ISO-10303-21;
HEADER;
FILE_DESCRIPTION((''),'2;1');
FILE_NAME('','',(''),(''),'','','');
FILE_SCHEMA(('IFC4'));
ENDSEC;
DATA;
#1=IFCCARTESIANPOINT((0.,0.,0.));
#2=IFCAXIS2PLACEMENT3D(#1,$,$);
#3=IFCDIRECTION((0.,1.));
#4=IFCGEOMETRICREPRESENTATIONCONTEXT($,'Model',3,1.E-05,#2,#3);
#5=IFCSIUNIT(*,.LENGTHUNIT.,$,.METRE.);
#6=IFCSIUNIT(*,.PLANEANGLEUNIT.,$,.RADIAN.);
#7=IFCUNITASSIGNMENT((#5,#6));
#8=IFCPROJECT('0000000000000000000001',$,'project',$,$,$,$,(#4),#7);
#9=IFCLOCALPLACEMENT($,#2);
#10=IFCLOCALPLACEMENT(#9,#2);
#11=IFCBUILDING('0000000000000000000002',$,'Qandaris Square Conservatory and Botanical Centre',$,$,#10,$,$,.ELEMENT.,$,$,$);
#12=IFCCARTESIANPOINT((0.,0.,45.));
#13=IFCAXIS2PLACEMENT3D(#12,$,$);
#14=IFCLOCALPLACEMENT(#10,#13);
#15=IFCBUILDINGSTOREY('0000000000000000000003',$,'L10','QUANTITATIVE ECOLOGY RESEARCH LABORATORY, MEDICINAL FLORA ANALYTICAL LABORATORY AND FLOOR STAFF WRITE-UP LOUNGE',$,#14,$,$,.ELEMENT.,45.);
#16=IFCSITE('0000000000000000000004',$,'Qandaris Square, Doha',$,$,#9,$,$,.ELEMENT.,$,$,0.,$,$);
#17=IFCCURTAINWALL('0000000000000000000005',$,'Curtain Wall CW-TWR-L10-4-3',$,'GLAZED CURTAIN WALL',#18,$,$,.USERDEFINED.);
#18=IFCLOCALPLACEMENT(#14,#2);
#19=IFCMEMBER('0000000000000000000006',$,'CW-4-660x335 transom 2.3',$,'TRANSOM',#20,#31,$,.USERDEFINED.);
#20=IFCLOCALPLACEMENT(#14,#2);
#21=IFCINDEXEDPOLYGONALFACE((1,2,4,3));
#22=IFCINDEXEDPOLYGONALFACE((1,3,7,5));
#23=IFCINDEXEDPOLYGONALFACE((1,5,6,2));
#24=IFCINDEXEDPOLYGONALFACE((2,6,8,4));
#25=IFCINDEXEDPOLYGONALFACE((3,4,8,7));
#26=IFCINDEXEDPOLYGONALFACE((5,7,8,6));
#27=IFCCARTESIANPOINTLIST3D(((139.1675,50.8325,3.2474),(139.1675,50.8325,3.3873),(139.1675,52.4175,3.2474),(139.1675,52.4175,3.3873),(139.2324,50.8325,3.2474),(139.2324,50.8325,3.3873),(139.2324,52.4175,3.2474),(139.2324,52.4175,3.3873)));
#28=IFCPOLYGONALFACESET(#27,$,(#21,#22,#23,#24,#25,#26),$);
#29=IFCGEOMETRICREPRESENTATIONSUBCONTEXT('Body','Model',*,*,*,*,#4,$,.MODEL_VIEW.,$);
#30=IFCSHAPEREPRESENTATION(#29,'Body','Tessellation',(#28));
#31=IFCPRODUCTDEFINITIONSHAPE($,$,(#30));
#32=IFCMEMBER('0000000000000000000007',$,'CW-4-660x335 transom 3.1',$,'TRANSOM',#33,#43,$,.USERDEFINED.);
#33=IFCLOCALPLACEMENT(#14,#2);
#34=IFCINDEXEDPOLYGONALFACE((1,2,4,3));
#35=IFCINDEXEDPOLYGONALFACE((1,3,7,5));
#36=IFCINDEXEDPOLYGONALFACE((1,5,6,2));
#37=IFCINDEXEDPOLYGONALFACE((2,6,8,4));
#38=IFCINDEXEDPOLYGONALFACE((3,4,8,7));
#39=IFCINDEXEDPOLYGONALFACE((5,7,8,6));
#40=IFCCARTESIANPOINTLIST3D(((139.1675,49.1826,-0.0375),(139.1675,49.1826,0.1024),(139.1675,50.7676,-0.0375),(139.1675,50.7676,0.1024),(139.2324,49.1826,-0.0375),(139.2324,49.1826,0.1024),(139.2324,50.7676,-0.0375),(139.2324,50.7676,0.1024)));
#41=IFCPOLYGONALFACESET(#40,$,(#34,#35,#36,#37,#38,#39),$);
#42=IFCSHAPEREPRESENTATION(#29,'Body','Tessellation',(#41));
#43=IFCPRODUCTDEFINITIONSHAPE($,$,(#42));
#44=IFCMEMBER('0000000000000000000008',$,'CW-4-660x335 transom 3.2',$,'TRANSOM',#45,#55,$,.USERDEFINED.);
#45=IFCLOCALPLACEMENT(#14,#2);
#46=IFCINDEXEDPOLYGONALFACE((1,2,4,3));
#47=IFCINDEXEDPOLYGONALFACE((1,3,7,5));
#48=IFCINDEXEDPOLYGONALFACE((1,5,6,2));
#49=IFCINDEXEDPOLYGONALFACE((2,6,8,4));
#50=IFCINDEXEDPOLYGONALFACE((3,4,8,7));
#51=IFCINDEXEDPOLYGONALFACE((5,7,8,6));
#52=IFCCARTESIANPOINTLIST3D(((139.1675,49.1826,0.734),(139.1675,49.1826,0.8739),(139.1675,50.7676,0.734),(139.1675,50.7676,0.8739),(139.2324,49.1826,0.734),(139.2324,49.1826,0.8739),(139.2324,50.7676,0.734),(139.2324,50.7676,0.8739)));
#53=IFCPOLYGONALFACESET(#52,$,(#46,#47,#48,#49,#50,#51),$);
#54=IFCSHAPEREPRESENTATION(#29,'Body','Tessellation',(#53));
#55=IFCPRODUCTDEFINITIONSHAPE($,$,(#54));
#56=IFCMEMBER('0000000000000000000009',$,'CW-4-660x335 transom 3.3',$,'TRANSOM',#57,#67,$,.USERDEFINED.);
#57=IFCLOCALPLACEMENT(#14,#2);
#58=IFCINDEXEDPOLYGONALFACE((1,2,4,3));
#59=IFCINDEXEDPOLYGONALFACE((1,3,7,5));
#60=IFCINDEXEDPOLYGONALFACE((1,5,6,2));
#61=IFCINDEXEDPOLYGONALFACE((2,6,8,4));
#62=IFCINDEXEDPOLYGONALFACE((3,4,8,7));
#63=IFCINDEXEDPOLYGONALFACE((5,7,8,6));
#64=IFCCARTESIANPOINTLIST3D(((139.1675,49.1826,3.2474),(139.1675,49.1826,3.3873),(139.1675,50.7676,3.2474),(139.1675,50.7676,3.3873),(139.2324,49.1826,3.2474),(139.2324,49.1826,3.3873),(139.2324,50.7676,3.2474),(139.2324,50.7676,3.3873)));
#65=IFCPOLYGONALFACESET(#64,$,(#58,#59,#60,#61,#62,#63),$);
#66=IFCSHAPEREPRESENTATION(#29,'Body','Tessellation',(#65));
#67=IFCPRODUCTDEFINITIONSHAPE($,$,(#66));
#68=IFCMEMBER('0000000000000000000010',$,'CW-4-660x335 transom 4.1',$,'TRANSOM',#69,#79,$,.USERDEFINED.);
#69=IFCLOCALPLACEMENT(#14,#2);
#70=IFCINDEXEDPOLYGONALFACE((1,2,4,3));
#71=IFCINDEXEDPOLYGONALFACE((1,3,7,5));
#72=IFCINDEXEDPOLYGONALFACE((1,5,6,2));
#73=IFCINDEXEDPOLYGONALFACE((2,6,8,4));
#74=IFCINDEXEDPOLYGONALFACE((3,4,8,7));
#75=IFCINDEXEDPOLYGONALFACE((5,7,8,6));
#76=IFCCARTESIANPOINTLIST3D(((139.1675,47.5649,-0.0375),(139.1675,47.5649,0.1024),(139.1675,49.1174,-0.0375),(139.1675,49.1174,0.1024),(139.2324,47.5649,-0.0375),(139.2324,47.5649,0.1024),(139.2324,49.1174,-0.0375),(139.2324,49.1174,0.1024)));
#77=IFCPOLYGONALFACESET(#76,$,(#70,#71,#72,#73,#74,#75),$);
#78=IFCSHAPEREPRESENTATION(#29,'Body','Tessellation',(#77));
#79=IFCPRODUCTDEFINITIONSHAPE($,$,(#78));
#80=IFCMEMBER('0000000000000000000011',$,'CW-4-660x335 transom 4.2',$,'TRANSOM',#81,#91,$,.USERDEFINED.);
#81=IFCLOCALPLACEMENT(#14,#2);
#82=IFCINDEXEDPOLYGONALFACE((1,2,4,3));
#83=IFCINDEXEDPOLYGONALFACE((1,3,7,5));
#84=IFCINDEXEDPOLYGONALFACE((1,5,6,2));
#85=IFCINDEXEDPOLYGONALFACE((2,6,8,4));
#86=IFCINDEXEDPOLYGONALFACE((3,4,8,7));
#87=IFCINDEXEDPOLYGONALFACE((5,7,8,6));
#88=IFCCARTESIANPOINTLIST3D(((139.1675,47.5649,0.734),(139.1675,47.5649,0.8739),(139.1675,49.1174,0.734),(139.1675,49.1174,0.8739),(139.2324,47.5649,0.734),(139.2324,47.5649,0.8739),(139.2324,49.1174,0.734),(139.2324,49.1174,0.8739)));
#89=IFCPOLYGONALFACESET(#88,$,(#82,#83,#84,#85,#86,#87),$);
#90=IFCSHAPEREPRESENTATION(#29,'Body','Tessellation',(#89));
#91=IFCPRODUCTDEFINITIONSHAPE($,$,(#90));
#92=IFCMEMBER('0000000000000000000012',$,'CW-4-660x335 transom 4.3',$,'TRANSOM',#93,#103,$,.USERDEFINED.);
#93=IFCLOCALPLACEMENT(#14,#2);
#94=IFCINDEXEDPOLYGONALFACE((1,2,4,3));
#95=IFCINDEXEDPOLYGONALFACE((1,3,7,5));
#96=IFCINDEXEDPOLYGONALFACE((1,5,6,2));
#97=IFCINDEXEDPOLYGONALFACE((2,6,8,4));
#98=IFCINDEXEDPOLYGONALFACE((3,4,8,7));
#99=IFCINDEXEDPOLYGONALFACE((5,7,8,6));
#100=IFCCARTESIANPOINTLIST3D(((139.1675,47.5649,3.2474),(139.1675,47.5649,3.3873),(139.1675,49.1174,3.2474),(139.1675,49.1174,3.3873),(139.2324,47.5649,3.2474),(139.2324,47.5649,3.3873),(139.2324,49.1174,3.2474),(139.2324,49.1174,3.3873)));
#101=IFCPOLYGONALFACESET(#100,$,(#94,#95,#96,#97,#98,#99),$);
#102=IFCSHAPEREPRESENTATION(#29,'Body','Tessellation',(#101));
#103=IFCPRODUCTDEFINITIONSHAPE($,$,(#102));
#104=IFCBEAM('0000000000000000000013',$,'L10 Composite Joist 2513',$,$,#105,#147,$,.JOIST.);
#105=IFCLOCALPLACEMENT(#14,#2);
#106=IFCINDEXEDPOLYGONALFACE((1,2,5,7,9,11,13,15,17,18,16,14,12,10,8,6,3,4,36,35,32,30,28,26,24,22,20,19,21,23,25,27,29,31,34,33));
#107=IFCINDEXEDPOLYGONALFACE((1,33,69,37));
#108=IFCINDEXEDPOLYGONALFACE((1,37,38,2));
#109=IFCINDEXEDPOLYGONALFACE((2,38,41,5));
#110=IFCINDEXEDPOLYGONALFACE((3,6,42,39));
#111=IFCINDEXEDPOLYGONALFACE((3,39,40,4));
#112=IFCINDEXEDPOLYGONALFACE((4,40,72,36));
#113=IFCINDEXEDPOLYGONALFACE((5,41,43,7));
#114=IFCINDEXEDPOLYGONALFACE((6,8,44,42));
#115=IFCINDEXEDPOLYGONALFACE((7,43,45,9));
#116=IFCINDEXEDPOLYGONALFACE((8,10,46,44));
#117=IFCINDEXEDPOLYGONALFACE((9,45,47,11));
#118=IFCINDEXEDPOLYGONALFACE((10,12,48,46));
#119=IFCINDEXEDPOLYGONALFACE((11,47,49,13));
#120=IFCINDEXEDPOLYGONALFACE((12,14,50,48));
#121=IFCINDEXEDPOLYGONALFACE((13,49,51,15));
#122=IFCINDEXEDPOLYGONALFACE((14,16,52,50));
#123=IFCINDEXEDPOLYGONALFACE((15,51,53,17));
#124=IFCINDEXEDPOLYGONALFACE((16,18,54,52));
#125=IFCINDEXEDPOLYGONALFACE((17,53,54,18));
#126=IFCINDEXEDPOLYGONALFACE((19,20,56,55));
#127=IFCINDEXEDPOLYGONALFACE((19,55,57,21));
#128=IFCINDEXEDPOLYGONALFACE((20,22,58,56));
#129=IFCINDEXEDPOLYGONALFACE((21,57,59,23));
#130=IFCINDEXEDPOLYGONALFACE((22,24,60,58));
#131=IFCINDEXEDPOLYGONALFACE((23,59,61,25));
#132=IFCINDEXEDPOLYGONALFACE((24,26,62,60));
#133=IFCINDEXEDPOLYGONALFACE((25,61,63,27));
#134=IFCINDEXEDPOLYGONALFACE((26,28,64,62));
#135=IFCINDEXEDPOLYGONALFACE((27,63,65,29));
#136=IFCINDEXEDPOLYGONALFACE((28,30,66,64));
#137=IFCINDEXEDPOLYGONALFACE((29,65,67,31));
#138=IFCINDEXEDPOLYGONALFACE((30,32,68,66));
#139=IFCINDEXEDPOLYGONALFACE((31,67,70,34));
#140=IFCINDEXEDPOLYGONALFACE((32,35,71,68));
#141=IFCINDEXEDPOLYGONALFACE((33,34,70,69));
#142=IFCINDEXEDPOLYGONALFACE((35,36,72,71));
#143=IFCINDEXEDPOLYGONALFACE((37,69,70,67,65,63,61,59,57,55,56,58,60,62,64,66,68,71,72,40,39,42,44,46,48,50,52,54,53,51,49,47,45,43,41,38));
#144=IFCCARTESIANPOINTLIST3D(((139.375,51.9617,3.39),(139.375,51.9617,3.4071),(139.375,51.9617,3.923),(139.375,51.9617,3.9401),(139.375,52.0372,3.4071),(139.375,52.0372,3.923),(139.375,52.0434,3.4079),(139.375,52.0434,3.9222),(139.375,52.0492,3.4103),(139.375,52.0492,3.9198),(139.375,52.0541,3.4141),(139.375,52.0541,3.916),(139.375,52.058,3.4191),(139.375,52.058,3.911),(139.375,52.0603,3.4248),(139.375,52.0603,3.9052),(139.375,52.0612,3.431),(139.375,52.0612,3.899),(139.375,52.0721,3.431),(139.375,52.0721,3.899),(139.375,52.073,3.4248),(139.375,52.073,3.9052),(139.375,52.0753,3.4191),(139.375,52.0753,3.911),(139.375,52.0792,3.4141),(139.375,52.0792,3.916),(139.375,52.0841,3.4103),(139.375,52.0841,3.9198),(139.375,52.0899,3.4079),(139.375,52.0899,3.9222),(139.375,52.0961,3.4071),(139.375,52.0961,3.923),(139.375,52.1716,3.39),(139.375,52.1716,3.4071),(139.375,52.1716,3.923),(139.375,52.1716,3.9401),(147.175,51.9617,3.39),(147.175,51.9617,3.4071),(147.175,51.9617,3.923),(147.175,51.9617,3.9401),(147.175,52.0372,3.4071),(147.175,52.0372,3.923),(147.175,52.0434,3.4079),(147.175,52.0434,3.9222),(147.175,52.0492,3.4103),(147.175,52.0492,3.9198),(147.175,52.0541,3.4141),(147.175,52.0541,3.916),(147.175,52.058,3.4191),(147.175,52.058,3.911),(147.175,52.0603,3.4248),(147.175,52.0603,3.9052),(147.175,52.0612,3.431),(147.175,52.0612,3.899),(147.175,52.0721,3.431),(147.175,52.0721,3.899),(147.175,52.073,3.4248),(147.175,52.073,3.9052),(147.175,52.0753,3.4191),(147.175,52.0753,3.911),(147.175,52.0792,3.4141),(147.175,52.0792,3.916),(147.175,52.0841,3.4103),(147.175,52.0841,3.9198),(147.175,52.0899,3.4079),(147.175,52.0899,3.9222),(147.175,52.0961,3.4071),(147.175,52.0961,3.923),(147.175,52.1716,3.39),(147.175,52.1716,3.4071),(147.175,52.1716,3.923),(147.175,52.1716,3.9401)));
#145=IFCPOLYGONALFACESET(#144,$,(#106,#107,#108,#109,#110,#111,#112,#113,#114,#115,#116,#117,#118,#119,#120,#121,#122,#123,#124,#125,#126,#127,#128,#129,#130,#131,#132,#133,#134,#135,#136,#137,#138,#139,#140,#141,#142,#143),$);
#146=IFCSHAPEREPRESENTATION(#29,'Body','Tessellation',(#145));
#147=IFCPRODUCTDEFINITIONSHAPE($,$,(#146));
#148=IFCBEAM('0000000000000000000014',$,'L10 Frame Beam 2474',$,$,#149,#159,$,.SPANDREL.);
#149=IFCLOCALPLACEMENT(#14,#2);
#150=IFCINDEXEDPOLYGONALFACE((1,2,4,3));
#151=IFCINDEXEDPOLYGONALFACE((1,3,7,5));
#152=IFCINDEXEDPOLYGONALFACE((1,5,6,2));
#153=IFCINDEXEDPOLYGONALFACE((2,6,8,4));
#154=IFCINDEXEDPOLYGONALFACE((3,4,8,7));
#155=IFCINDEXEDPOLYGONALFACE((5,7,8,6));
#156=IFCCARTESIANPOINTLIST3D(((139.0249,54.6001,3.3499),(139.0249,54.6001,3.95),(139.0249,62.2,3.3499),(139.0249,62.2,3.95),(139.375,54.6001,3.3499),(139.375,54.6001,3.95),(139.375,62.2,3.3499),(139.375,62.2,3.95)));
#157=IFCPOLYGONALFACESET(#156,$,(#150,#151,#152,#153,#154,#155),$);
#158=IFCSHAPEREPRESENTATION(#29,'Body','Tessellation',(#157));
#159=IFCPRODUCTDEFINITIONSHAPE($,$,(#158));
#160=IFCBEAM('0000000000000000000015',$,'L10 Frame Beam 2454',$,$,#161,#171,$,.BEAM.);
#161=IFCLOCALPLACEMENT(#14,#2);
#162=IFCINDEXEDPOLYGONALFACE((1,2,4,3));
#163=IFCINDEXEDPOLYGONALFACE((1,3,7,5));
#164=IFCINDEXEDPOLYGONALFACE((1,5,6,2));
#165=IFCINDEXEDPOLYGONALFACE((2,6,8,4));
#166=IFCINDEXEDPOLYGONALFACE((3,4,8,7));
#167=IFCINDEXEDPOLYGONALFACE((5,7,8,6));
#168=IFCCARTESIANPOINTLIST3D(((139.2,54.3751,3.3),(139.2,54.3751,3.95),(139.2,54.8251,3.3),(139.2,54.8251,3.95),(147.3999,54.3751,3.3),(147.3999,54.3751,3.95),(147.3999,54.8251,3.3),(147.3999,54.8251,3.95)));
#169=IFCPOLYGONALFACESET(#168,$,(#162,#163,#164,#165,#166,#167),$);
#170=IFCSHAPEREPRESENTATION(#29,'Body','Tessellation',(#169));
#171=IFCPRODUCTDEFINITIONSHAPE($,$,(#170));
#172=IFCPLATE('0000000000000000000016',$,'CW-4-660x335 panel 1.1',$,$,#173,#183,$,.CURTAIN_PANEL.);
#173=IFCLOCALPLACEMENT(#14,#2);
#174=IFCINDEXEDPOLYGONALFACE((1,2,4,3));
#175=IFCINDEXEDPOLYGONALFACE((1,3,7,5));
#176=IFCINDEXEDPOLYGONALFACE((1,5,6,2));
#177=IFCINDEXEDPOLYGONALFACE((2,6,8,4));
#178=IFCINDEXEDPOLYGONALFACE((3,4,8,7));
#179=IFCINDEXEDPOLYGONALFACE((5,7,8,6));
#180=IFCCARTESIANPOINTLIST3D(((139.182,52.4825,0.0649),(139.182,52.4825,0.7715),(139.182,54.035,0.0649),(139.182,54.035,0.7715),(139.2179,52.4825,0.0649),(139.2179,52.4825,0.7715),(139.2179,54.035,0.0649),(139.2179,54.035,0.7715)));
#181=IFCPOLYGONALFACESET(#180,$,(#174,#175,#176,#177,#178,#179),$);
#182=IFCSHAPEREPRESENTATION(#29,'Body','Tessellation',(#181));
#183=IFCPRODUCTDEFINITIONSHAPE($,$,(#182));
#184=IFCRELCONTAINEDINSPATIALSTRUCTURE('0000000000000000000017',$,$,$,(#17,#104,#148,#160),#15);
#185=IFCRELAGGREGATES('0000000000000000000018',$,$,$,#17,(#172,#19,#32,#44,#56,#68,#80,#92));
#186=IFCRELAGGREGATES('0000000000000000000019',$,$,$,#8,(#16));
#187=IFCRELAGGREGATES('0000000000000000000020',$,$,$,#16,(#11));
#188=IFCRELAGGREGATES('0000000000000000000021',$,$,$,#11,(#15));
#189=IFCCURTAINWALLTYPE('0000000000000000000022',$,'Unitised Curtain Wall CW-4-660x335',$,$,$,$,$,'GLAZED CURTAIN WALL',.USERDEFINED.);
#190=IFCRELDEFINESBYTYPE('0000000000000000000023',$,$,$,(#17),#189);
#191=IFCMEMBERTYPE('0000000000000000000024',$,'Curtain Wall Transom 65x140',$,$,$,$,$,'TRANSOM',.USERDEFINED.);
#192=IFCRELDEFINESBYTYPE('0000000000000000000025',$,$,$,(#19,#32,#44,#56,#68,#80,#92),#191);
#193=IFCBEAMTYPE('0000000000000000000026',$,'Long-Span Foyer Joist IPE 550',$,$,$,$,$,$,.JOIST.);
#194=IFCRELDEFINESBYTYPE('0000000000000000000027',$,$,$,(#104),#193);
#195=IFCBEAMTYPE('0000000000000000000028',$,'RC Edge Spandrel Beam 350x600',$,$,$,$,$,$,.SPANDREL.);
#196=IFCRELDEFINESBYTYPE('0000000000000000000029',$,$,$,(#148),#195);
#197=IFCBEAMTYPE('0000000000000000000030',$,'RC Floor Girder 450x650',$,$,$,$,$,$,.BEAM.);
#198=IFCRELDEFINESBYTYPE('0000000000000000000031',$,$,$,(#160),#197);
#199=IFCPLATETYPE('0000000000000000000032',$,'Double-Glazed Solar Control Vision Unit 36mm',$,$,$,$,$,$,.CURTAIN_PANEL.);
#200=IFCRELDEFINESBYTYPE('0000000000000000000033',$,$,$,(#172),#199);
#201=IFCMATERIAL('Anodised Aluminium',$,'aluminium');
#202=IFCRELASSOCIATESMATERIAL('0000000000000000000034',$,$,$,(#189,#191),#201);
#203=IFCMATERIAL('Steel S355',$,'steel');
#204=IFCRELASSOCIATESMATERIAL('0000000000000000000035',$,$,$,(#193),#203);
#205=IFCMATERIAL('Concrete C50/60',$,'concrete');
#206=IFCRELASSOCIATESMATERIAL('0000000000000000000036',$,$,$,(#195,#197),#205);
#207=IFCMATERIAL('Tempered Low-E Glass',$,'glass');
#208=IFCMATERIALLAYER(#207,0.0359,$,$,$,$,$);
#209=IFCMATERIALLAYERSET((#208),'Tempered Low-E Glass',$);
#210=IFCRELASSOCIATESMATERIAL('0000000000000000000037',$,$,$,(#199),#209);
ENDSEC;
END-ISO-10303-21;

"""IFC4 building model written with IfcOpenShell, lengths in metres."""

from ifc_helpers import new_model, si_unit, direction, frame, origin, origin_2d, place, context, subcontext, project, spatial, rectangle, i_section, extrude, material, layer, layer_set, material_profile, profile_set, type_object, element, aggregate, save


model = new_model("IFC4")

# Units and contexts
model_context = context("Model", 3, precision=1e-05, world=origin(), true_north=direction((0.0, 1.0)))
body_context = subcontext(model_context, "Body", "Model", "MODEL_VIEW")
ifc_project = project(units=[si_unit("LENGTHUNIT", "METRE"), si_unit("PLANEANGLEUNIT", "RADIAN")], contexts=[model_context])

# Site, building, storey
site_placement = place(None, origin())
site = spatial("IfcSite", under=ifc_project, at=site_placement, Name="Qandaris Square, Doha", CompositionType="ELEMENT", RefElevation=0.0)
building_placement = place(site_placement, origin())
building = spatial("IfcBuilding", under=site, at=building_placement, Name="Qandaris Square Conservatory and Botanical Centre", CompositionType="ELEMENT")
storey_placement = place(building_placement, frame((0.0, 0.0, 45.0)))
storey = spatial("IfcBuildingStorey", under=building, at=storey_placement, Name="L10", Description="QUANTITATIVE ECOLOGY RESEARCH LABORATORY, MEDICINAL FLORA ANALYTICAL LABORATORY AND FLOOR STAFF WRITE-UP LOUNGE", CompositionType="ELEMENT", Elevation=45.0)

# Shared definitions
ifc_material_1 = material(Name="Concrete C50/60", Category="concrete")

# Shared definitions
ifc_material_2 = material(Name="Steel S355", Category="steel")

# Curtain wall, members
ifc_material_3 = material(Name="Anodised Aluminium", Category="aluminium")
curtain_wall_type = type_object("IfcCurtainWallType", Name="Unitised Curtain Wall CW-4-660x335", ElementType="GLAZED CURTAIN WALL", PredefinedType="USERDEFINED", material=ifc_material_3)
curtain_wall_placement = place(storey_placement, origin())
curtain_wall = element("IfcCurtainWall", 1, at=curtain_wall_placement, inside=storey, type_object=curtain_wall_type, Name="Curtain Wall CW-TWR-L10-4-3", ObjectType="GLAZED CURTAIN WALL", PredefinedType="USERDEFINED")
ifc_material_profile_1 = material_profile(ifc_material_3, rectangle(XDim=0.0649, YDim=0.1399, at=origin_2d()), Name="ALU-TRN 65x140")
ifc_profile_set_1 = profile_set([ifc_material_profile_1], Name="Anodised Aluminium")
member_type_1 = type_object("IfcMemberType", Name="Curtain Wall Transom 65x140", ElementType="TRANSOM", PredefinedType="USERDEFINED", material=ifc_profile_set_1)
member_1_placement = place(storey_placement, frame((139.2, 52.4175, 3.3174), z_axis=(0.0, -1.0, 0.0), x_axis=(1.0, 0.0, 0.0)))
member_1 = element("IfcMember", 2, at=member_1_placement, type_object=member_type_1, Name="CW-4-660x335 transom 2.3", ObjectType="TRANSOM", PredefinedType="USERDEFINED", context=body_context, shape_type="SweptSolid", body=[
    extrude(rectangle(XDim=0.0649, YDim=0.1399, at=origin_2d()), origin(), (0.0, 0.0, 1.0), 1.585),
])
member_2_placement = place(storey_placement, frame((139.2, 50.7676, 0.0325), z_axis=(0.0, -1.0, 0.0), x_axis=(1.0, 0.0, 0.0)))
member_2 = element("IfcMember", 3, at=member_2_placement, type_object=member_type_1, Name="CW-4-660x335 transom 3.1", ObjectType="TRANSOM", PredefinedType="USERDEFINED", context=body_context, shape_type="SweptSolid", body=[
    extrude(rectangle(XDim=0.0649, YDim=0.1399, at=origin_2d()), origin(), (0.0, 0.0, 1.0), 1.585),
])
member_3_placement = place(storey_placement, frame((139.2, 50.7676, 0.804), z_axis=(0.0, -1.0, 0.0), x_axis=(1.0, 0.0, 0.0)))
member_3 = element("IfcMember", 4, at=member_3_placement, type_object=member_type_1, Name="CW-4-660x335 transom 3.2", ObjectType="TRANSOM", PredefinedType="USERDEFINED", context=body_context, shape_type="SweptSolid", body=[
    extrude(rectangle(XDim=0.0649, YDim=0.1399, at=origin_2d()), origin(), (0.0, 0.0, 1.0), 1.585),
])
member_4_placement = place(storey_placement, frame((139.2, 50.7676, 3.3174), z_axis=(0.0, -1.0, 0.0), x_axis=(1.0, 0.0, 0.0)))
member_4 = element("IfcMember", 5, at=member_4_placement, type_object=member_type_1, Name="CW-4-660x335 transom 3.3", ObjectType="TRANSOM", PredefinedType="USERDEFINED", context=body_context, shape_type="SweptSolid", body=[
    extrude(rectangle(XDim=0.0649, YDim=0.1399, at=origin_2d()), origin(), (0.0, 0.0, 1.0), 1.585),
])
member_5_placement = place(storey_placement, frame((139.2, 49.1174, 0.0325), z_axis=(0.0, -1.0, 0.0), x_axis=(1.0, 0.0, 0.0)))
member_5 = element("IfcMember", 6, at=member_5_placement, type_object=member_type_1, Name="CW-4-660x335 transom 4.1", ObjectType="TRANSOM", PredefinedType="USERDEFINED", context=body_context, shape_type="SweptSolid", body=[
    extrude(rectangle(XDim=0.0649, YDim=0.1399, at=origin_2d()), origin(), (0.0, 0.0, 1.0), 1.5525),
])
member_6_placement = place(storey_placement, frame((139.2, 49.1174, 0.804), z_axis=(0.0, -1.0, 0.0), x_axis=(1.0, 0.0, 0.0)))
member_6 = element("IfcMember", 7, at=member_6_placement, type_object=member_type_1, Name="CW-4-660x335 transom 4.2", ObjectType="TRANSOM", PredefinedType="USERDEFINED", context=body_context, shape_type="SweptSolid", body=[
    extrude(rectangle(XDim=0.0649, YDim=0.1399, at=origin_2d()), origin(), (0.0, 0.0, 1.0), 1.5525),
])
member_7_placement = place(storey_placement, frame((139.2, 49.1174, 3.3174), z_axis=(0.0, -1.0, 0.0), x_axis=(1.0, 0.0, 0.0)))
member_7 = element("IfcMember", 8, at=member_7_placement, type_object=member_type_1, Name="CW-4-660x335 transom 4.3", ObjectType="TRANSOM", PredefinedType="USERDEFINED", context=body_context, shape_type="SweptSolid", body=[
    extrude(rectangle(XDim=0.0649, YDim=0.1399, at=origin_2d()), origin(), (0.0, 0.0, 1.0), 1.5525),
])

# Beams
ifc_material_profile_2 = material_profile(ifc_material_2, i_section(OverallWidth=0.21, OverallDepth=0.55, WebThickness=0.011, FlangeThickness=0.0171, FilletRadius=0.0239, at=origin_2d()), Name="IPE 550")
ifc_profile_set_2 = profile_set([ifc_material_profile_2], Name="Steel S355")
beam_type_1 = type_object("IfcBeamType", Name="Long-Span Foyer Joist IPE 550", PredefinedType="JOIST", material=ifc_profile_set_2)
beam_1_placement = place(storey_placement, frame((139.375, 52.0667, 3.665), z_axis=(1.0, 0.0, 0.0), x_axis=(0.0, 1.0, 0.0)))
element("IfcBeam", 9, at=beam_1_placement, inside=storey, type_object=beam_type_1, Name="L10 Composite Joist 2513", PredefinedType="JOIST", context=body_context, shape_type="SweptSolid", body=[
    extrude(i_section(OverallWidth=0.21, OverallDepth=0.55, WebThickness=0.011, FlangeThickness=0.0171, FilletRadius=0.0239, at=origin_2d()), origin(), (0.0, 0.0, 1.0), 7.8),
])
ifc_material_profile_3 = material_profile(ifc_material_1, rectangle(XDim=0.3501, YDim=0.6001, at=origin_2d()), Name="RC-SP 350x600")
ifc_profile_set_3 = profile_set([ifc_material_profile_3], Name="Concrete C50/60")
beam_type_2 = type_object("IfcBeamType", Name="RC Edge Spandrel Beam 350x600", PredefinedType="SPANDREL", material=ifc_profile_set_3)
beam_2_placement = place(storey_placement, frame((139.2, 54.6001, 3.6499), z_axis=(0.0, 1.0, 0.0), x_axis=(-1.0, 0.0, 0.0)))
element("IfcBeam", 10, at=beam_2_placement, inside=storey, type_object=beam_type_2, Name="L10 Frame Beam 2474", PredefinedType="SPANDREL", context=body_context, shape_type="SweptSolid", body=[
    extrude(rectangle(XDim=0.3501, YDim=0.6001, at=origin_2d()), origin(), (0.0, 0.0, 1.0), 7.5999),
])
ifc_material_profile_4 = material_profile(ifc_material_1, rectangle(XDim=0.45, YDim=0.6499, at=origin_2d()), Name="RC-BM 450x650")
ifc_profile_set_4 = profile_set([ifc_material_profile_4], Name="Concrete C50/60")
beam_type_3 = type_object("IfcBeamType", Name="RC Floor Girder 450x650", PredefinedType="BEAM", material=ifc_profile_set_4)
beam_3_placement = place(storey_placement, frame((139.2, 54.6001, 3.625), z_axis=(1.0, 0.0, 0.0), x_axis=(0.0, 1.0, 0.0)))
element("IfcBeam", 11, at=beam_3_placement, inside=storey, type_object=beam_type_3, Name="L10 Frame Beam 2454", PredefinedType="BEAM", context=body_context, shape_type="SweptSolid", body=[
    extrude(rectangle(XDim=0.45, YDim=0.6499, at=origin_2d()), origin(), (0.0, 0.0, 1.0), 8.2),
])

# Plate
ifc_material_4 = material(Name="Tempered Low-E Glass", Category="glass")
ifc_layer_1 = layer(ifc_material_4, 0.0359)
ifc_layer_set_1 = layer_set([ifc_layer_1], Name="Tempered Low-E Glass")
plate_type = type_object("IfcPlateType", Name="Double-Glazed Solar Control Vision Unit 36mm", PredefinedType="CURTAIN_PANEL", material=ifc_layer_set_1)
plate_1_placement = place(storey_placement, frame((139.2, 53.2588, 0.0649), z_axis=(0.0, 0.0, 1.0), x_axis=(0.0, -1.0, 0.0)))
plate_1 = element("IfcPlate", 12, at=plate_1_placement, type_object=plate_type, Name="CW-4-660x335 panel 1.1", PredefinedType="CURTAIN_PANEL", context=body_context, shape_type="SweptSolid", body=[
    extrude(rectangle(XDim=1.5525, YDim=0.0359, at=origin_2d()), origin(), (0.0, 0.0, 1.0), 0.7065),
])
aggregate(curtain_wall, [plate_1, member_1, member_2, member_3, member_4, member_5, member_6, member_7])

save(model, "model.ifc")
